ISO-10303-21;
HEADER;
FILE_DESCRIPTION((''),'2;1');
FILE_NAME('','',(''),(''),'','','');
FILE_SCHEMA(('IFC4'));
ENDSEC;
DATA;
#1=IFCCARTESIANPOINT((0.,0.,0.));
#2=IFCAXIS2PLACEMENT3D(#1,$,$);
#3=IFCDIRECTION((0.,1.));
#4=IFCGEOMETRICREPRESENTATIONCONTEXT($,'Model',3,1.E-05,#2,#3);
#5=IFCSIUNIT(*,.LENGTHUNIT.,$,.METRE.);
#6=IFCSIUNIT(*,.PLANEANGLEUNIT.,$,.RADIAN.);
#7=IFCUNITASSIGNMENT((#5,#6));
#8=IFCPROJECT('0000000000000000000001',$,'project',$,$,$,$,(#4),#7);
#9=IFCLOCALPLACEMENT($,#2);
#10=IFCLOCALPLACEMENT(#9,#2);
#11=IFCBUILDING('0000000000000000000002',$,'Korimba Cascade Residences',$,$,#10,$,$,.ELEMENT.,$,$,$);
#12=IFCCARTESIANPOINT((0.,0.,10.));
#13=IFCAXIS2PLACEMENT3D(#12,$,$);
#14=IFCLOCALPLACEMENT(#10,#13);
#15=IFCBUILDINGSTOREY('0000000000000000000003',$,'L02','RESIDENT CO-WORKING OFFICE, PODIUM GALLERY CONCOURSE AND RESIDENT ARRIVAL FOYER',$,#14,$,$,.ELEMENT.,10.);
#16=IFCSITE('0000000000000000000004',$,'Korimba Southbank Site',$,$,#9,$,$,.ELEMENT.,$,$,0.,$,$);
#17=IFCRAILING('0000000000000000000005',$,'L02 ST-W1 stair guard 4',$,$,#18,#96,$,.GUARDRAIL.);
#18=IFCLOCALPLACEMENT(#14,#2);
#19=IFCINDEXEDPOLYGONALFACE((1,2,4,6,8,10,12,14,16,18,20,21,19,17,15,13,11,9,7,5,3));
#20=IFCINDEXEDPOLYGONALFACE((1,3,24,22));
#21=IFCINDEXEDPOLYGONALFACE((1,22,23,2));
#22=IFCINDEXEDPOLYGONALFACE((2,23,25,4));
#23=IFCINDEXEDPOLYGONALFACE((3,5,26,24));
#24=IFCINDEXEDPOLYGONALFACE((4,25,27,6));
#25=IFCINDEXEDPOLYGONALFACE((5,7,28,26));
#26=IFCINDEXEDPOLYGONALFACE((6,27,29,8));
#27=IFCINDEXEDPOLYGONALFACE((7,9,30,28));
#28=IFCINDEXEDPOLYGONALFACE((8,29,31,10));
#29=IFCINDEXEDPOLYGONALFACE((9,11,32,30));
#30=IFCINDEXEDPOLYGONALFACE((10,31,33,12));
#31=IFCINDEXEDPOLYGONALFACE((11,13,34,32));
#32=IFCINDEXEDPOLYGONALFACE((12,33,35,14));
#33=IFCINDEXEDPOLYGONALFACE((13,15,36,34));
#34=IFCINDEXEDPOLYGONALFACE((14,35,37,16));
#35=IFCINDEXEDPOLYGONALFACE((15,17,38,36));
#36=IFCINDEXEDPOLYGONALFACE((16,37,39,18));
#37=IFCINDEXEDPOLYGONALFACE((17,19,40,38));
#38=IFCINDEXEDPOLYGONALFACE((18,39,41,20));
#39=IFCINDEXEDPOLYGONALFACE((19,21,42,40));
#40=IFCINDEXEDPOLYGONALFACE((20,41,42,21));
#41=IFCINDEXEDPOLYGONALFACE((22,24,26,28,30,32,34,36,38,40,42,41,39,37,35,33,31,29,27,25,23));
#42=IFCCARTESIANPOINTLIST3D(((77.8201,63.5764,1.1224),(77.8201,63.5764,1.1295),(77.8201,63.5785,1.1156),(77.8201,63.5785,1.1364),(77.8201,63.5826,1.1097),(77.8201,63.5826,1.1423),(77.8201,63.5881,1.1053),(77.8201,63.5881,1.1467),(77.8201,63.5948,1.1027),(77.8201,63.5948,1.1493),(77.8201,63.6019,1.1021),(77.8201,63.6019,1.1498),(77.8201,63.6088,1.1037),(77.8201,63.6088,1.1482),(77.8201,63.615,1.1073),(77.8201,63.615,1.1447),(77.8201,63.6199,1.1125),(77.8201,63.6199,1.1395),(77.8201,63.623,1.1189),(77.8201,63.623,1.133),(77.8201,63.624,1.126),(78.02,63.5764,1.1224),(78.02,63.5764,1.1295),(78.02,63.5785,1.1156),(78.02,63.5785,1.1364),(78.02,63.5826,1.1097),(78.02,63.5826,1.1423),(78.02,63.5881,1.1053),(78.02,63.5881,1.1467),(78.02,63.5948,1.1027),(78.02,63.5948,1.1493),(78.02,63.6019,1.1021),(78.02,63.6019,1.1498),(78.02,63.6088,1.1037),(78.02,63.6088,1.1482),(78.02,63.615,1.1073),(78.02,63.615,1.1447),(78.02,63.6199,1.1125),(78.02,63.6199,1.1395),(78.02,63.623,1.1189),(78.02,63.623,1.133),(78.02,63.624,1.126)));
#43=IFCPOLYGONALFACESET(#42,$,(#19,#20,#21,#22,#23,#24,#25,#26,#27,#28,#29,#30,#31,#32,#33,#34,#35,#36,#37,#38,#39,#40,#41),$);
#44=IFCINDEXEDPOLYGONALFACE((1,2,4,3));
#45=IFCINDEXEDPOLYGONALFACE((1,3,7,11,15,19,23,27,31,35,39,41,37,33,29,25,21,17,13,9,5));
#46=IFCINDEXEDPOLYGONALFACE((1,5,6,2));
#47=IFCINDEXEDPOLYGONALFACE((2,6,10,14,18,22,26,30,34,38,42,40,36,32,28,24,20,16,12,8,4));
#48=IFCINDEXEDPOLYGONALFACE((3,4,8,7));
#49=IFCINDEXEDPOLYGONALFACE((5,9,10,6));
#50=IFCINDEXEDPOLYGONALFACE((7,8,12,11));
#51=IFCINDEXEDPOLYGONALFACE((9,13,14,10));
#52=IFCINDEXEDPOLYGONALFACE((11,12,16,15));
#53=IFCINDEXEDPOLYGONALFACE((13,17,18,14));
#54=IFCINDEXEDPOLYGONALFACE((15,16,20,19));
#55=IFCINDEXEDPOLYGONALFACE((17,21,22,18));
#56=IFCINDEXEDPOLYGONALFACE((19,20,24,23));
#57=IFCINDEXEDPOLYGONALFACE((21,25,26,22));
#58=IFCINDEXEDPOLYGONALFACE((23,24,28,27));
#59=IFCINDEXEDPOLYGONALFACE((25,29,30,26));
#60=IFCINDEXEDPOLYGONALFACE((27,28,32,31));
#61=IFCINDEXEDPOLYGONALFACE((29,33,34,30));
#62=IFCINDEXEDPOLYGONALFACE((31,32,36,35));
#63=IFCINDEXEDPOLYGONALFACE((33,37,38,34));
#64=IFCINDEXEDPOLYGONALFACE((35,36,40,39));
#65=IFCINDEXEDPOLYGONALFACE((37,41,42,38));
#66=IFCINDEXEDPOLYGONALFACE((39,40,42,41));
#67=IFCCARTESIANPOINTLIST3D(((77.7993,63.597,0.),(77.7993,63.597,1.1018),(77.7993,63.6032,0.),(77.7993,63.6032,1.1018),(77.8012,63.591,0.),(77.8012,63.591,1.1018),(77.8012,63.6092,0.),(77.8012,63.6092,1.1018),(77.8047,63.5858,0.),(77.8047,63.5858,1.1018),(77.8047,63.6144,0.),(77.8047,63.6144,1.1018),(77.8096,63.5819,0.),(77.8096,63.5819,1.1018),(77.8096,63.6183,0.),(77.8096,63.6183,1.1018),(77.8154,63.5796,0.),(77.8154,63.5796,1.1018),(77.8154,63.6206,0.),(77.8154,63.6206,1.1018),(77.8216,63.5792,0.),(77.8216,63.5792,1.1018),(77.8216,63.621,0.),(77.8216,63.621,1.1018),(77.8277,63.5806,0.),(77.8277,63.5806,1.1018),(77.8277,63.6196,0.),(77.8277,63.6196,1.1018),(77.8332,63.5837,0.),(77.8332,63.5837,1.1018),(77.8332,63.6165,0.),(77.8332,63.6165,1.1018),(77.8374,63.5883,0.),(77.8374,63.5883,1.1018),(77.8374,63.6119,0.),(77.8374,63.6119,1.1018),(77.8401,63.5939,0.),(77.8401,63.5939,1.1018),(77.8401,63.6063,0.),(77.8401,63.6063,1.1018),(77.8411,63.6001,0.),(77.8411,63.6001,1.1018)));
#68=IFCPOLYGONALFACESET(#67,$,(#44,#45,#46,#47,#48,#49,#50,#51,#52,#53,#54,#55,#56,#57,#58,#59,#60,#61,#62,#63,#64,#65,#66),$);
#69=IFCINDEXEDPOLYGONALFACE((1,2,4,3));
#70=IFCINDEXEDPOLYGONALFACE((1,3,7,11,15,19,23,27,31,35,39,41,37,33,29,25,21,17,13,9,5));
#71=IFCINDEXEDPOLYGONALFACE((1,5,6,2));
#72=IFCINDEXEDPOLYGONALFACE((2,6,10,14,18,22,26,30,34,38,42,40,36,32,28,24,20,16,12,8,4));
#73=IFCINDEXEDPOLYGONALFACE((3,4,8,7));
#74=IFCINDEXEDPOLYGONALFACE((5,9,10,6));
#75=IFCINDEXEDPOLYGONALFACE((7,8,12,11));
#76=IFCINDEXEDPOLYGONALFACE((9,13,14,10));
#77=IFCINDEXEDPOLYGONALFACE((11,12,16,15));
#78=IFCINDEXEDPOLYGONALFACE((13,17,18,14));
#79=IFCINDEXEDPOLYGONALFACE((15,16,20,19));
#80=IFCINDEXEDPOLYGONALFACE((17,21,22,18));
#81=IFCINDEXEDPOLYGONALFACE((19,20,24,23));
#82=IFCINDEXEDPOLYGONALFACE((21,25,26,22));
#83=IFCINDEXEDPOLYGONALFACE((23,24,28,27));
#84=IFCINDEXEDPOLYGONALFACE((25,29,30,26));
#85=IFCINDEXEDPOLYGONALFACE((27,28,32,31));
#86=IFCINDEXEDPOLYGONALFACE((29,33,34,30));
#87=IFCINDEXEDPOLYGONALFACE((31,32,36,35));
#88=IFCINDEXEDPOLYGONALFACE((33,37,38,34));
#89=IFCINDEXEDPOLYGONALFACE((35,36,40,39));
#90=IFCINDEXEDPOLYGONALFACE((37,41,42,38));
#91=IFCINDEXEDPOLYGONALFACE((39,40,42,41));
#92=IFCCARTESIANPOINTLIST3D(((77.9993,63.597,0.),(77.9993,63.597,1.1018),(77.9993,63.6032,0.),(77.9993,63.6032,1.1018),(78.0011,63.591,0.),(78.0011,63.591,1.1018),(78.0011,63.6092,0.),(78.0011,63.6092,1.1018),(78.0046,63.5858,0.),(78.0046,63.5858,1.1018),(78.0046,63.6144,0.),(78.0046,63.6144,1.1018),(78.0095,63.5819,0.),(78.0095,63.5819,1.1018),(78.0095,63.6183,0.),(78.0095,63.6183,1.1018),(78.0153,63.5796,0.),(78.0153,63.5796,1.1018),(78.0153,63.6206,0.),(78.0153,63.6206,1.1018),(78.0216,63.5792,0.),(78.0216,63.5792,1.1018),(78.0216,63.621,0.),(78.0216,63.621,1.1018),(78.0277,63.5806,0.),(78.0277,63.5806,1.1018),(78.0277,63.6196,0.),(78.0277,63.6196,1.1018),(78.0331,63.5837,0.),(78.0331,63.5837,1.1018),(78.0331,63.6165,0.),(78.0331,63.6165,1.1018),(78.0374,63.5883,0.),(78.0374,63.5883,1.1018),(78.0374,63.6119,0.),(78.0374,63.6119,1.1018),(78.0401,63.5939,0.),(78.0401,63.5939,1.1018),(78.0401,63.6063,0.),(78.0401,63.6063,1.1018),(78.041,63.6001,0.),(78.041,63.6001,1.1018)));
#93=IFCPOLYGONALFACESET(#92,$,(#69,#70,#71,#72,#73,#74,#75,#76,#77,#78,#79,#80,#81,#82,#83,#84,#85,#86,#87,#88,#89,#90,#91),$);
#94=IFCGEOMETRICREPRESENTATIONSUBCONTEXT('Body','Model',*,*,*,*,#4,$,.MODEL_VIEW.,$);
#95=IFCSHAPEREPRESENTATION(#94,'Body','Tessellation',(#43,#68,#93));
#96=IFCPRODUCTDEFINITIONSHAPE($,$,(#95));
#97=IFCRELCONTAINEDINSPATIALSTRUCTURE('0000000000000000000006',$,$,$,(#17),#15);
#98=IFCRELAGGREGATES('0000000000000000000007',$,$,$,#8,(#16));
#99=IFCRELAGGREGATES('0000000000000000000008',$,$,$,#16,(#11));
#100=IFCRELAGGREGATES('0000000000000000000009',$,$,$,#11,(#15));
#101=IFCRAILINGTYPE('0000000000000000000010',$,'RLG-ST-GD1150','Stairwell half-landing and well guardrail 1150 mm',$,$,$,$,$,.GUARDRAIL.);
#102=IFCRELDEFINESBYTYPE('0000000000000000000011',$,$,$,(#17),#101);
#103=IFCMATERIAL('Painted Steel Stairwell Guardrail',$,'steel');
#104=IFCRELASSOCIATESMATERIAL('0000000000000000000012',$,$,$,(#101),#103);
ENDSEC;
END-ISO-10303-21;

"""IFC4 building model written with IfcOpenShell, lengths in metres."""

from ifc_helpers import new_model, si_unit, direction, frame, origin, origin_2d, place, context, subcontext, project, spatial, circle, extrude, material, type_object, element, save


model = new_model("IFC4")

# Units and contexts
model_context = context("Model", 3, precision=1e-05, world=origin(), true_north=direction((0.0, 1.0)))
body_context = subcontext(model_context, "Body", "Model", "MODEL_VIEW")
ifc_project = project(units=[si_unit("LENGTHUNIT", "METRE"), si_unit("PLANEANGLEUNIT", "RADIAN")], contexts=[model_context])

# Site, building, storey
site_placement = place(None, origin())
site = spatial("IfcSite", under=ifc_project, at=site_placement, Name="Korimba Southbank Site", CompositionType="ELEMENT", RefElevation=0.0)
building_placement = place(site_placement, origin())
building = spatial("IfcBuilding", under=site, at=building_placement, Name="Korimba Cascade Residences", CompositionType="ELEMENT")
storey_placement = place(building_placement, frame((0.0, 0.0, 10.0)))
storey = spatial("IfcBuildingStorey", under=building, at=storey_placement, Name="L02", Description="RESIDENT CO-WORKING OFFICE, PODIUM GALLERY CONCOURSE AND RESIDENT ARRIVAL FOYER", CompositionType="ELEMENT", Elevation=10.0)

# Railing
ifc_material_1 = material(Name="Painted Steel Stairwell Guardrail", Category="steel")
railing_type_1 = type_object("IfcRailingType", Name="RLG-ST-GD1150", Description="Stairwell half-landing and well guardrail 1150 mm", PredefinedType="GUARDRAIL", material=ifc_material_1)
railing_1_placement = place(storey_placement, frame((77.8201, 63.6001, 0.0)))
element("IfcRailing", 1, at=railing_1_placement, inside=storey, type_object=railing_type_1, Name="L02 ST-W1 stair guard 4", PredefinedType="GUARDRAIL", context=body_context, shape_type="SweptSolid", body=[
    extrude(circle(Radius=0.0239, at=origin_2d()), frame((0.0, 0.0, 1.126), z_axis=(1.0, 0.0, 0.0), x_axis=(0.0, 1.0, 0.0)), (0.0, 0.0, 1.0), 0.2),
    extrude(circle(Radius=0.021, at=origin_2d()), origin(), (0.0, 0.0, 1.0), 1.1018),
    extrude(circle(Radius=0.021, at=origin_2d()), frame((0.2, 0.0, 0.0)), (0.0, 0.0, 1.0), 1.1018),
])

save(model, "model.ifc")
